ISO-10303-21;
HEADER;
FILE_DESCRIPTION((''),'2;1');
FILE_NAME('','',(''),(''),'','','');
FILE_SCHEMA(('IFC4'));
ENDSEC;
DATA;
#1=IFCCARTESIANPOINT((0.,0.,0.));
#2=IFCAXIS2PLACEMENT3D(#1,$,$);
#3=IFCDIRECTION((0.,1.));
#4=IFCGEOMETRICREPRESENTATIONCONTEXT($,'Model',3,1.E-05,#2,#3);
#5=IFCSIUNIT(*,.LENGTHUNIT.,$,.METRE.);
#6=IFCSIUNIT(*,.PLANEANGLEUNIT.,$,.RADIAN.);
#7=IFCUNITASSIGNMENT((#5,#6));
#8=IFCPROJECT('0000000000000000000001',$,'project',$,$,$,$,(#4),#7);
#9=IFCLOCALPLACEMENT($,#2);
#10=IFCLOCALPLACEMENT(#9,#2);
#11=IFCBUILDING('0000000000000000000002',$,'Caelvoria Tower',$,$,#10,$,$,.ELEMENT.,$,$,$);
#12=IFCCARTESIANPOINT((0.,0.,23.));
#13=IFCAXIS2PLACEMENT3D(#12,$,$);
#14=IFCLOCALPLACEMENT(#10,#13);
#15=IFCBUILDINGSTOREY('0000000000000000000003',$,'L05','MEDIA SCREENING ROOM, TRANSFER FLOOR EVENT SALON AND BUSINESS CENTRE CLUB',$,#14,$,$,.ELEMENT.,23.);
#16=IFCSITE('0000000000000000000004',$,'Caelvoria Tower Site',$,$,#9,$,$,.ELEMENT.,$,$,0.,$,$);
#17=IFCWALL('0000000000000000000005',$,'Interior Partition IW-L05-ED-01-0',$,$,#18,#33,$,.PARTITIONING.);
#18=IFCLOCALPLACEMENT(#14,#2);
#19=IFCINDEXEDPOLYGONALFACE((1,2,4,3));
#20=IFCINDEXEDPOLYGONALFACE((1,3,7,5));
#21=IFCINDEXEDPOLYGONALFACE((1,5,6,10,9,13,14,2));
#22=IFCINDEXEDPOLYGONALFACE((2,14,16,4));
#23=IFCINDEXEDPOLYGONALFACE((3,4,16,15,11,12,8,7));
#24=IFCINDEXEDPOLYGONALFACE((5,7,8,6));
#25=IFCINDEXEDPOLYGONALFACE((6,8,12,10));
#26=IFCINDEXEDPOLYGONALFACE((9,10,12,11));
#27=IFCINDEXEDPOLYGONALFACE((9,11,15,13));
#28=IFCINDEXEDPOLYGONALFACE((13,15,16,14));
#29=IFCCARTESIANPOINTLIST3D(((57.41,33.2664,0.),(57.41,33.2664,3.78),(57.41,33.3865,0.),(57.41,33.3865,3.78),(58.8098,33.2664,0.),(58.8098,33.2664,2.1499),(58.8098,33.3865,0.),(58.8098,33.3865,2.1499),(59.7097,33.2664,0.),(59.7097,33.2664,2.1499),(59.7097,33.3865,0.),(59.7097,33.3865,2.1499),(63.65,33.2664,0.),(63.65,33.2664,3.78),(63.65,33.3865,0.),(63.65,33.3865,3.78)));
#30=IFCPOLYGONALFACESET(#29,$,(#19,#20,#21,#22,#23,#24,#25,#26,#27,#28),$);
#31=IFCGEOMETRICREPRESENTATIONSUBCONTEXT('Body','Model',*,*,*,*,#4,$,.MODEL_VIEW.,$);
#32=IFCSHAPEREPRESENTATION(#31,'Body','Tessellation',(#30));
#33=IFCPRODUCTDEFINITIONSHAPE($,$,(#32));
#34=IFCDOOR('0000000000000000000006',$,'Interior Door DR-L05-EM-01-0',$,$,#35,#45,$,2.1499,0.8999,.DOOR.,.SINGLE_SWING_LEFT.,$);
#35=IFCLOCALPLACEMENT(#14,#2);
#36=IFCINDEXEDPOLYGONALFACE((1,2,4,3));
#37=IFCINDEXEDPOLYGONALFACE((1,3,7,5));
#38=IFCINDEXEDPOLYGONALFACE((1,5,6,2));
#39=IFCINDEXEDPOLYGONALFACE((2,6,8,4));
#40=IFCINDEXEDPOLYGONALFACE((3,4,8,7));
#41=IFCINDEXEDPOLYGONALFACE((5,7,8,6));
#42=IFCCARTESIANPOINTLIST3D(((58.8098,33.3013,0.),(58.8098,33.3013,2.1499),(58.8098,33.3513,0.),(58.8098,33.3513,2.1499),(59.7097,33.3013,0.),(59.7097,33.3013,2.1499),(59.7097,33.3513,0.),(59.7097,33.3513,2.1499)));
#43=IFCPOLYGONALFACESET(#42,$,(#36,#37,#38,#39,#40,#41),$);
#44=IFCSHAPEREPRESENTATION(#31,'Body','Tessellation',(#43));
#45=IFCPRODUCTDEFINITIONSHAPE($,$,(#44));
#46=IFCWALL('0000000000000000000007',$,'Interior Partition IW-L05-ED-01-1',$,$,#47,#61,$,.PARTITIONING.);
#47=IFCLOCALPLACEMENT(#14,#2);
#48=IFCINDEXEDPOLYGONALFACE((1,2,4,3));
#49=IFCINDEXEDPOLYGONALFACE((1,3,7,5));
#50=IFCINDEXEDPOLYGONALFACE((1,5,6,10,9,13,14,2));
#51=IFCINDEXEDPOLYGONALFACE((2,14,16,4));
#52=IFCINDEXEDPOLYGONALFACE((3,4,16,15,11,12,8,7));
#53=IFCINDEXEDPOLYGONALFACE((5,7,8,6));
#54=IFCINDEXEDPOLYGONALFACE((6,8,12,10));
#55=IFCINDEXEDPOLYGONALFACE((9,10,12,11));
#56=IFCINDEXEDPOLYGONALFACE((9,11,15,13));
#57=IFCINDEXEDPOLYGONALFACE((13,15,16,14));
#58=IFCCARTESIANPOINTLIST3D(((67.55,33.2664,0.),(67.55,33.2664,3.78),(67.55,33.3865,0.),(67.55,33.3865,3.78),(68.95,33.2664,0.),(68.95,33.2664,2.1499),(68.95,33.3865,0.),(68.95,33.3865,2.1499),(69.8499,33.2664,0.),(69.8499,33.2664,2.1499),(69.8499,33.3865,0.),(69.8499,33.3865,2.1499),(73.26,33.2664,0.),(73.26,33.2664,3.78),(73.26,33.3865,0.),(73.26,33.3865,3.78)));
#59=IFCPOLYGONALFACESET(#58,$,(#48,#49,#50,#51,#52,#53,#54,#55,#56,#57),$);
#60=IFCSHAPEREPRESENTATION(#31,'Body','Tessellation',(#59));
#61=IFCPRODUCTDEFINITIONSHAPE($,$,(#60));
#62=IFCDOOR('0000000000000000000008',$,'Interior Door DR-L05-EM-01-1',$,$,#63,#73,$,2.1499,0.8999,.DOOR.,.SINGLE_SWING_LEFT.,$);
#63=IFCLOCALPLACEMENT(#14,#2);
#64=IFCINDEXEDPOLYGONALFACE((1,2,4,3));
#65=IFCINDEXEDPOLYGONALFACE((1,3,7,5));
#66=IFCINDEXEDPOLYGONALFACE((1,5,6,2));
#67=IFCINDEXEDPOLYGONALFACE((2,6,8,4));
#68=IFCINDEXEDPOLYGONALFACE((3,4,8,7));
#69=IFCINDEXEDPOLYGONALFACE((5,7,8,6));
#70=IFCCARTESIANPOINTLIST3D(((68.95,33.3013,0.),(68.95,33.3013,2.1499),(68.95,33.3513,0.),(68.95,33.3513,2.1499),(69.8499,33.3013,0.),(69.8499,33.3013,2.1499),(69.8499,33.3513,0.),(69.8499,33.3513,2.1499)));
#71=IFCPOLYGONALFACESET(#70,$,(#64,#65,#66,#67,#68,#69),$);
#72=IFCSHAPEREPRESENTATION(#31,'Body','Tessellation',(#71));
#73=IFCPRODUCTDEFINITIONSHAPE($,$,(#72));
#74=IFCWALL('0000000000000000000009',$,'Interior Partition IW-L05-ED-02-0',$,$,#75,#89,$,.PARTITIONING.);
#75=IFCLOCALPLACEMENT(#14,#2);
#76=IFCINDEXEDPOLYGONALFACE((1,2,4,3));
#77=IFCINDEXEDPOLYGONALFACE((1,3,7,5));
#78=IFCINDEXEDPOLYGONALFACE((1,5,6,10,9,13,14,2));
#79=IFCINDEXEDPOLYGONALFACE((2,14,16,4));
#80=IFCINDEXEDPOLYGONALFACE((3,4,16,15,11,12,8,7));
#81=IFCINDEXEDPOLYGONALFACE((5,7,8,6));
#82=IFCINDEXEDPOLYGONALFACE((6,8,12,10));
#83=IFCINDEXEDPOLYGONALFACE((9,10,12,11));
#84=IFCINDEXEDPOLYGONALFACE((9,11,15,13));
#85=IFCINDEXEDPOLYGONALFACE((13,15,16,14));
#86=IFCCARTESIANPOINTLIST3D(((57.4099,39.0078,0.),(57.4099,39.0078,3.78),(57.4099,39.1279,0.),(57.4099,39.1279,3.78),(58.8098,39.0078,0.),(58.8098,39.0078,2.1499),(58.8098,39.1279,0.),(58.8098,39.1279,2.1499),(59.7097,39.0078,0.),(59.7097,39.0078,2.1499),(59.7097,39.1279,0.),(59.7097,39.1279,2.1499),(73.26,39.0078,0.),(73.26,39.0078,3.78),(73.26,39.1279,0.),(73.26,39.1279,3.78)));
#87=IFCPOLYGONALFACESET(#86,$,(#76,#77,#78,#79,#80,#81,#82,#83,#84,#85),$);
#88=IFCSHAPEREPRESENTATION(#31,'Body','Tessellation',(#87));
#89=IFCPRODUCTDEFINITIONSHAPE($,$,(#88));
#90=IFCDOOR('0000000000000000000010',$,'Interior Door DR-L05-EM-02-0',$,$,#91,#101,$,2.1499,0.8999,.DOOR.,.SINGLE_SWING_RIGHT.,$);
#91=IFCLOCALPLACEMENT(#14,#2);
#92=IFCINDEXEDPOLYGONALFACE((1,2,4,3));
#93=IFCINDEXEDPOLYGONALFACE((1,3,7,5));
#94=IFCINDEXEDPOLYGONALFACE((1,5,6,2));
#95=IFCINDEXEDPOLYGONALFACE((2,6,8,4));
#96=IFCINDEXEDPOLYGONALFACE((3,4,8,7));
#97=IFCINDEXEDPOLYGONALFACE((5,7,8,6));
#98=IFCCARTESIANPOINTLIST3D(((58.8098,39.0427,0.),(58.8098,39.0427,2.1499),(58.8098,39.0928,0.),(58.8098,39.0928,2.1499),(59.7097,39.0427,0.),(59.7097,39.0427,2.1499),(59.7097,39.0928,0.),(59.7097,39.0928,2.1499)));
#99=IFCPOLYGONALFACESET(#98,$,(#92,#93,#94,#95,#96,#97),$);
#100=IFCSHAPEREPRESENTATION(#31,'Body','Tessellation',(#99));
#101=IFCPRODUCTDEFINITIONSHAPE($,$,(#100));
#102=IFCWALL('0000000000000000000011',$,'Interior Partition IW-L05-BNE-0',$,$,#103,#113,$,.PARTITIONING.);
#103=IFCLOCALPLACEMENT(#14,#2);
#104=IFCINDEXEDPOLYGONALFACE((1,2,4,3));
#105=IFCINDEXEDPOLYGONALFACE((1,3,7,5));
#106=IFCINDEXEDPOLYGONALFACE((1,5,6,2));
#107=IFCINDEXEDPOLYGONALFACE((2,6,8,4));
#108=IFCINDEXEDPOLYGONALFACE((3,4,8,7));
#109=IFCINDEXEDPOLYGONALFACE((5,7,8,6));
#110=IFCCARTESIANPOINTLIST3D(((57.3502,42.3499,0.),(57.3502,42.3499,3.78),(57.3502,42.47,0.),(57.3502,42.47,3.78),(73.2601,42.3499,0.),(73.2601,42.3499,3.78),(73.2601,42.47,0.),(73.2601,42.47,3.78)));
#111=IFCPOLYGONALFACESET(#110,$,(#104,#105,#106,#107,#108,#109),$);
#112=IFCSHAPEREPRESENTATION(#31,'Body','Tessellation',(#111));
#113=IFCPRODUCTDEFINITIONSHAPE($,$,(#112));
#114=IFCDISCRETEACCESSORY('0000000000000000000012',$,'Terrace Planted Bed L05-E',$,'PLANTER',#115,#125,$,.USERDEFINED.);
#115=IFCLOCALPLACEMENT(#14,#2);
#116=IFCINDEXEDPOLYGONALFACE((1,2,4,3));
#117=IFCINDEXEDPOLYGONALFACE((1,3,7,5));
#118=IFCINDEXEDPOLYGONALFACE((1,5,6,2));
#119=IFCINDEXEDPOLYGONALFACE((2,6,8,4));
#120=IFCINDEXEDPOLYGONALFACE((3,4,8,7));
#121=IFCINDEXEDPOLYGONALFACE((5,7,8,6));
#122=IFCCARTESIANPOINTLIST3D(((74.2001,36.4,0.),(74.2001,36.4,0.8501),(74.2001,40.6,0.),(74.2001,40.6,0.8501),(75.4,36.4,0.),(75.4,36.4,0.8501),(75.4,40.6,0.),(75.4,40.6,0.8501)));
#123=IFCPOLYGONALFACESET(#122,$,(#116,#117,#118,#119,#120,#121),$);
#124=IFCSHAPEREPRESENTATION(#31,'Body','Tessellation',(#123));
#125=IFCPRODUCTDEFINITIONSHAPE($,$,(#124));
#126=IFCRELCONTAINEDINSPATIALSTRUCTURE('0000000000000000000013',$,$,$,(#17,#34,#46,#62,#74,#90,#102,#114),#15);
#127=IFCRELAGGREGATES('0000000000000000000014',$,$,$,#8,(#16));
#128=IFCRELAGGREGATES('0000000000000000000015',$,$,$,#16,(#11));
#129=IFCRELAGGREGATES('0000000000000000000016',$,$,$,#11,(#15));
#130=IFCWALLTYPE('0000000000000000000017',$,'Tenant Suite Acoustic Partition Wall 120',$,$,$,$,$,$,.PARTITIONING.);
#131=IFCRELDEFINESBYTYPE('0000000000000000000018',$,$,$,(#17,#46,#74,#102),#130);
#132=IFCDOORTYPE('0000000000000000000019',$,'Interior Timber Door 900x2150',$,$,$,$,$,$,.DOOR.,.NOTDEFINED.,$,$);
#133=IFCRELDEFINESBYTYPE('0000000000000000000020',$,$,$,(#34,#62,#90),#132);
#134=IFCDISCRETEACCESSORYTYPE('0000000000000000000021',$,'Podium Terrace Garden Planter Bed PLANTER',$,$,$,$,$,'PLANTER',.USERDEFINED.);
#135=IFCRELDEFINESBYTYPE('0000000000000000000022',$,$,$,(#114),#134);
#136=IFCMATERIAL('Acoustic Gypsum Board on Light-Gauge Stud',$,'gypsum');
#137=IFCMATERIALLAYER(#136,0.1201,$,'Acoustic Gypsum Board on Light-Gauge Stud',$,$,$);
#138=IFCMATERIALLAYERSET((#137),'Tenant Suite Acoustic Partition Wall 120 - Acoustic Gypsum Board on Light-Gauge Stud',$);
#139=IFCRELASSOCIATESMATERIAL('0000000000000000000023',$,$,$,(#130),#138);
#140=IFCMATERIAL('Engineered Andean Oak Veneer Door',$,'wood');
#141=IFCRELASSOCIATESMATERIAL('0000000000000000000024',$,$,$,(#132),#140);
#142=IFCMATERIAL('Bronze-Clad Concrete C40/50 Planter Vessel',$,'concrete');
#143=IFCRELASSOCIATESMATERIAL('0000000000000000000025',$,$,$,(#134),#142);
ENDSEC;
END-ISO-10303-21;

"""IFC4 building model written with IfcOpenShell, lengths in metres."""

from ifc_helpers import new_model, si_unit, direction, frame, frame_2d, origin, origin_2d, place, context, subcontext, project, spatial, rectangle, extrude, material, layer, layer_set, type_object, element, fill, save


model = new_model("IFC4")

# Units and contexts
model_context = context("Model", 3, precision=1e-05, world=origin(), true_north=direction((0.0, 1.0)))
body_context = subcontext(model_context, "Body", "Model", "MODEL_VIEW")
ifc_project = project(units=[si_unit("LENGTHUNIT", "METRE"), si_unit("PLANEANGLEUNIT", "RADIAN")], contexts=[model_context])

# Site, building, storey
site_placement = place(None, origin())
site = spatial("IfcSite", under=ifc_project, at=site_placement, Name="Caelvoria Tower Site", CompositionType="ELEMENT", RefElevation=0.0)
building_placement = place(site_placement, origin())
building = spatial("IfcBuilding", under=site, at=building_placement, Name="Caelvoria Tower", CompositionType="ELEMENT")
storey_placement = place(building_placement, frame((0.0, 0.0, 23.0)))
storey = spatial("IfcBuildingStorey", under=building, at=storey_placement, Name="L05", Description="MEDIA SCREENING ROOM, TRANSFER FLOOR EVENT SALON AND BUSINESS CENTRE CLUB", CompositionType="ELEMENT", Elevation=23.0)

# Walls, openings, doors
ifc_material_1 = material(Name="Acoustic Gypsum Board on Light-Gauge Stud", Category="gypsum")
ifc_layer_1 = layer(ifc_material_1, 0.1201, Name="Acoustic Gypsum Board on Light-Gauge Stud")
ifc_layer_set_1 = layer_set([ifc_layer_1], Name="Tenant Suite Acoustic Partition Wall 120 - Acoustic Gypsum Board on Light-Gauge Stud")
wall_type_1 = type_object("IfcWallType", Name="Tenant Suite Acoustic Partition Wall 120", PredefinedType="PARTITIONING", material=ifc_layer_set_1)
wall_1_placement = place(storey_placement, frame((57.4099, 33.3264, 0.0), z_axis=(0.0, 0.0, 1.0), x_axis=(1.0, 0.0, 0.0)))
wall_1 = element("IfcWall", 1, at=wall_1_placement, inside=storey, type_object=wall_type_1, Name="Interior Partition IW-L05-ED-01-0", PredefinedType="PARTITIONING", context=body_context, shape_type="SweptSolid", body=[
    extrude(rectangle(XDim=6.24, YDim=0.1201, at=frame_2d((3.1201, 0.0))), origin(), (0.0, 0.0, 1.0), 3.78),
])
opening_1_placement = place(wall_1_placement, frame((1.3999, 0.0, 0.0)))
opening_1 = element("IfcOpeningElement", 2, at=opening_1_placement, cuts=wall_1, PredefinedType="OPENING", context=body_context, shape_type="SweptSolid", body=[
    extrude(rectangle(XDim=0.8999, YDim=2.1499, at=frame_2d((0.45, 1.075))), frame((0.0, 0.0701, 0.0), z_axis=(0.0, -1.0, 0.0), x_axis=(1.0, 0.0, 0.0)), (0.0, 0.0, 1.0), 0.1401),
])
ifc_material_2 = material(Name="Engineered Andean Oak Veneer Door", Category="wood")
door_type = type_object("IfcDoorType", Name="Interior Timber Door 900x2150", OperationType="NOTDEFINED", PredefinedType="DOOR", material=ifc_material_2)
door_1_placement = place(opening_1_placement, origin())
door_1 = element("IfcDoor", 3, at=door_1_placement, inside=storey, type_object=door_type, Name="Interior Door DR-L05-EM-01-0", OperationType="SINGLE_SWING_LEFT", OverallHeight=2.1499, OverallWidth=0.8999, PredefinedType="DOOR", context=body_context, shape_type="SweptSolid", body=[
    extrude(rectangle(XDim=0.8999, YDim=2.1499, at=frame_2d((0.45, 1.075))), frame((0.0, 0.0249, 0.0), z_axis=(0.0, -1.0, 0.0), x_axis=(1.0, 0.0, 0.0)), (0.0, 0.0, 1.0), 0.05),
])
fill(opening_1, door_1)
wall_2_placement = place(storey_placement, frame((67.55, 33.3264, 0.0), z_axis=(0.0, 0.0, 1.0), x_axis=(1.0, 0.0, 0.0)))
wall_2 = element("IfcWall", 4, at=wall_2_placement, inside=storey, type_object=wall_type_1, Name="Interior Partition IW-L05-ED-01-1", PredefinedType="PARTITIONING", context=body_context, shape_type="SweptSolid", body=[
    extrude(rectangle(XDim=5.71, YDim=0.1201, at=frame_2d((2.855, 0.0))), origin(), (0.0, 0.0, 1.0), 3.78),
])
opening_2_placement = place(wall_2_placement, frame((1.3999, 0.0, 0.0)))
opening_2 = element("IfcOpeningElement", 5, at=opening_2_placement, cuts=wall_2, PredefinedType="OPENING", context=body_context, shape_type="SweptSolid", body=[
    extrude(rectangle(XDim=0.8999, YDim=2.1499, at=frame_2d((0.45, 1.075))), frame((0.0, 0.0701, 0.0), z_axis=(0.0, -1.0, 0.0), x_axis=(1.0, 0.0, 0.0)), (0.0, 0.0, 1.0), 0.1401),
])
door_2_placement = place(opening_2_placement, origin())
door_2 = element("IfcDoor", 6, at=door_2_placement, inside=storey, type_object=door_type, Name="Interior Door DR-L05-EM-01-1", OperationType="SINGLE_SWING_LEFT", OverallHeight=2.1499, OverallWidth=0.8999, PredefinedType="DOOR", context=body_context, shape_type="SweptSolid", body=[
    extrude(rectangle(XDim=0.8999, YDim=2.1499, at=frame_2d((0.45, 1.075))), frame((0.0, 0.0249, 0.0), z_axis=(0.0, -1.0, 0.0), x_axis=(1.0, 0.0, 0.0)), (0.0, 0.0, 1.0), 0.05),
])
fill(opening_2, door_2)
wall_3_placement = place(storey_placement, frame((57.4099, 39.0679, 0.0), z_axis=(0.0, 0.0, 1.0), x_axis=(1.0, 0.0, 0.0)))
wall_3 = element("IfcWall", 7, at=wall_3_placement, inside=storey, type_object=wall_type_1, Name="Interior Partition IW-L05-ED-02-0", PredefinedType="PARTITIONING", context=body_context, shape_type="SweptSolid", body=[
    extrude(rectangle(XDim=15.8501, YDim=0.1201, at=frame_2d((7.925, 0.0))), origin(), (0.0, 0.0, 1.0), 3.78),
])
opening_3_placement = place(wall_3_placement, frame((1.3999, 0.0, 0.0)))
opening_3 = element("IfcOpeningElement", 8, at=opening_3_placement, cuts=wall_3, PredefinedType="OPENING", context=body_context, shape_type="SweptSolid", body=[
    extrude(rectangle(XDim=0.8999, YDim=2.1499, at=frame_2d((0.45, 1.075))), frame((0.0, 0.0701, 0.0), z_axis=(0.0, -1.0, 0.0), x_axis=(1.0, 0.0, 0.0)), (0.0, 0.0, 1.0), 0.1401),
])
door_3_placement = place(opening_3_placement, origin())
door_3 = element("IfcDoor", 9, at=door_3_placement, inside=storey, type_object=door_type, Name="Interior Door DR-L05-EM-02-0", OperationType="SINGLE_SWING_RIGHT", OverallHeight=2.1499, OverallWidth=0.8999, PredefinedType="DOOR", context=body_context, shape_type="SweptSolid", body=[
    extrude(rectangle(XDim=0.8999, YDim=2.1499, at=frame_2d((0.45, 1.075))), frame((0.0, 0.0249, 0.0), z_axis=(0.0, -1.0, 0.0), x_axis=(1.0, 0.0, 0.0)), (0.0, 0.0, 1.0), 0.05),
])
fill(opening_3, door_3)

# Wall
wall_4_placement = place(storey_placement, frame((57.3501, 42.4099, 0.0), z_axis=(0.0, 0.0, 1.0), x_axis=(1.0, 0.0, 0.0)))
element("IfcWall", 10, at=wall_4_placement, inside=storey, type_object=wall_type_1, Name="Interior Partition IW-L05-BNE-0", PredefinedType="PARTITIONING", context=body_context, shape_type="SweptSolid", body=[
    extrude(rectangle(XDim=15.9099, YDim=0.1201, at=frame_2d((7.9551, 0.0))), origin(), (0.0, 0.0, 1.0), 3.78),
])

# Discrete accessory
ifc_material_3 = material(Name="Bronze-Clad Concrete C40/50 Planter Vessel", Category="concrete")
discrete_accessory_type = type_object("IfcDiscreteAccessoryType", Name="Podium Terrace Garden Planter Bed PLANTER", ElementType="PLANTER", PredefinedType="USERDEFINED", material=ifc_material_3)
discrete_accessory_placement = place(storey_placement, frame((74.8, 38.5, 0.0), z_axis=(0.0, 0.0, 1.0), x_axis=(1.0, 0.0, 0.0)))
element("IfcDiscreteAccessory", 11, at=discrete_accessory_placement, inside=storey, type_object=discrete_accessory_type, Name="Terrace Planted Bed L05-E", ObjectType="PLANTER", PredefinedType="USERDEFINED", context=body_context, shape_type="SweptSolid", body=[
    extrude(rectangle(XDim=1.2, YDim=4.2, at=origin_2d()), origin(), (0.0, 0.0, 1.0), 0.8501),
])

save(model, "model.ifc")
